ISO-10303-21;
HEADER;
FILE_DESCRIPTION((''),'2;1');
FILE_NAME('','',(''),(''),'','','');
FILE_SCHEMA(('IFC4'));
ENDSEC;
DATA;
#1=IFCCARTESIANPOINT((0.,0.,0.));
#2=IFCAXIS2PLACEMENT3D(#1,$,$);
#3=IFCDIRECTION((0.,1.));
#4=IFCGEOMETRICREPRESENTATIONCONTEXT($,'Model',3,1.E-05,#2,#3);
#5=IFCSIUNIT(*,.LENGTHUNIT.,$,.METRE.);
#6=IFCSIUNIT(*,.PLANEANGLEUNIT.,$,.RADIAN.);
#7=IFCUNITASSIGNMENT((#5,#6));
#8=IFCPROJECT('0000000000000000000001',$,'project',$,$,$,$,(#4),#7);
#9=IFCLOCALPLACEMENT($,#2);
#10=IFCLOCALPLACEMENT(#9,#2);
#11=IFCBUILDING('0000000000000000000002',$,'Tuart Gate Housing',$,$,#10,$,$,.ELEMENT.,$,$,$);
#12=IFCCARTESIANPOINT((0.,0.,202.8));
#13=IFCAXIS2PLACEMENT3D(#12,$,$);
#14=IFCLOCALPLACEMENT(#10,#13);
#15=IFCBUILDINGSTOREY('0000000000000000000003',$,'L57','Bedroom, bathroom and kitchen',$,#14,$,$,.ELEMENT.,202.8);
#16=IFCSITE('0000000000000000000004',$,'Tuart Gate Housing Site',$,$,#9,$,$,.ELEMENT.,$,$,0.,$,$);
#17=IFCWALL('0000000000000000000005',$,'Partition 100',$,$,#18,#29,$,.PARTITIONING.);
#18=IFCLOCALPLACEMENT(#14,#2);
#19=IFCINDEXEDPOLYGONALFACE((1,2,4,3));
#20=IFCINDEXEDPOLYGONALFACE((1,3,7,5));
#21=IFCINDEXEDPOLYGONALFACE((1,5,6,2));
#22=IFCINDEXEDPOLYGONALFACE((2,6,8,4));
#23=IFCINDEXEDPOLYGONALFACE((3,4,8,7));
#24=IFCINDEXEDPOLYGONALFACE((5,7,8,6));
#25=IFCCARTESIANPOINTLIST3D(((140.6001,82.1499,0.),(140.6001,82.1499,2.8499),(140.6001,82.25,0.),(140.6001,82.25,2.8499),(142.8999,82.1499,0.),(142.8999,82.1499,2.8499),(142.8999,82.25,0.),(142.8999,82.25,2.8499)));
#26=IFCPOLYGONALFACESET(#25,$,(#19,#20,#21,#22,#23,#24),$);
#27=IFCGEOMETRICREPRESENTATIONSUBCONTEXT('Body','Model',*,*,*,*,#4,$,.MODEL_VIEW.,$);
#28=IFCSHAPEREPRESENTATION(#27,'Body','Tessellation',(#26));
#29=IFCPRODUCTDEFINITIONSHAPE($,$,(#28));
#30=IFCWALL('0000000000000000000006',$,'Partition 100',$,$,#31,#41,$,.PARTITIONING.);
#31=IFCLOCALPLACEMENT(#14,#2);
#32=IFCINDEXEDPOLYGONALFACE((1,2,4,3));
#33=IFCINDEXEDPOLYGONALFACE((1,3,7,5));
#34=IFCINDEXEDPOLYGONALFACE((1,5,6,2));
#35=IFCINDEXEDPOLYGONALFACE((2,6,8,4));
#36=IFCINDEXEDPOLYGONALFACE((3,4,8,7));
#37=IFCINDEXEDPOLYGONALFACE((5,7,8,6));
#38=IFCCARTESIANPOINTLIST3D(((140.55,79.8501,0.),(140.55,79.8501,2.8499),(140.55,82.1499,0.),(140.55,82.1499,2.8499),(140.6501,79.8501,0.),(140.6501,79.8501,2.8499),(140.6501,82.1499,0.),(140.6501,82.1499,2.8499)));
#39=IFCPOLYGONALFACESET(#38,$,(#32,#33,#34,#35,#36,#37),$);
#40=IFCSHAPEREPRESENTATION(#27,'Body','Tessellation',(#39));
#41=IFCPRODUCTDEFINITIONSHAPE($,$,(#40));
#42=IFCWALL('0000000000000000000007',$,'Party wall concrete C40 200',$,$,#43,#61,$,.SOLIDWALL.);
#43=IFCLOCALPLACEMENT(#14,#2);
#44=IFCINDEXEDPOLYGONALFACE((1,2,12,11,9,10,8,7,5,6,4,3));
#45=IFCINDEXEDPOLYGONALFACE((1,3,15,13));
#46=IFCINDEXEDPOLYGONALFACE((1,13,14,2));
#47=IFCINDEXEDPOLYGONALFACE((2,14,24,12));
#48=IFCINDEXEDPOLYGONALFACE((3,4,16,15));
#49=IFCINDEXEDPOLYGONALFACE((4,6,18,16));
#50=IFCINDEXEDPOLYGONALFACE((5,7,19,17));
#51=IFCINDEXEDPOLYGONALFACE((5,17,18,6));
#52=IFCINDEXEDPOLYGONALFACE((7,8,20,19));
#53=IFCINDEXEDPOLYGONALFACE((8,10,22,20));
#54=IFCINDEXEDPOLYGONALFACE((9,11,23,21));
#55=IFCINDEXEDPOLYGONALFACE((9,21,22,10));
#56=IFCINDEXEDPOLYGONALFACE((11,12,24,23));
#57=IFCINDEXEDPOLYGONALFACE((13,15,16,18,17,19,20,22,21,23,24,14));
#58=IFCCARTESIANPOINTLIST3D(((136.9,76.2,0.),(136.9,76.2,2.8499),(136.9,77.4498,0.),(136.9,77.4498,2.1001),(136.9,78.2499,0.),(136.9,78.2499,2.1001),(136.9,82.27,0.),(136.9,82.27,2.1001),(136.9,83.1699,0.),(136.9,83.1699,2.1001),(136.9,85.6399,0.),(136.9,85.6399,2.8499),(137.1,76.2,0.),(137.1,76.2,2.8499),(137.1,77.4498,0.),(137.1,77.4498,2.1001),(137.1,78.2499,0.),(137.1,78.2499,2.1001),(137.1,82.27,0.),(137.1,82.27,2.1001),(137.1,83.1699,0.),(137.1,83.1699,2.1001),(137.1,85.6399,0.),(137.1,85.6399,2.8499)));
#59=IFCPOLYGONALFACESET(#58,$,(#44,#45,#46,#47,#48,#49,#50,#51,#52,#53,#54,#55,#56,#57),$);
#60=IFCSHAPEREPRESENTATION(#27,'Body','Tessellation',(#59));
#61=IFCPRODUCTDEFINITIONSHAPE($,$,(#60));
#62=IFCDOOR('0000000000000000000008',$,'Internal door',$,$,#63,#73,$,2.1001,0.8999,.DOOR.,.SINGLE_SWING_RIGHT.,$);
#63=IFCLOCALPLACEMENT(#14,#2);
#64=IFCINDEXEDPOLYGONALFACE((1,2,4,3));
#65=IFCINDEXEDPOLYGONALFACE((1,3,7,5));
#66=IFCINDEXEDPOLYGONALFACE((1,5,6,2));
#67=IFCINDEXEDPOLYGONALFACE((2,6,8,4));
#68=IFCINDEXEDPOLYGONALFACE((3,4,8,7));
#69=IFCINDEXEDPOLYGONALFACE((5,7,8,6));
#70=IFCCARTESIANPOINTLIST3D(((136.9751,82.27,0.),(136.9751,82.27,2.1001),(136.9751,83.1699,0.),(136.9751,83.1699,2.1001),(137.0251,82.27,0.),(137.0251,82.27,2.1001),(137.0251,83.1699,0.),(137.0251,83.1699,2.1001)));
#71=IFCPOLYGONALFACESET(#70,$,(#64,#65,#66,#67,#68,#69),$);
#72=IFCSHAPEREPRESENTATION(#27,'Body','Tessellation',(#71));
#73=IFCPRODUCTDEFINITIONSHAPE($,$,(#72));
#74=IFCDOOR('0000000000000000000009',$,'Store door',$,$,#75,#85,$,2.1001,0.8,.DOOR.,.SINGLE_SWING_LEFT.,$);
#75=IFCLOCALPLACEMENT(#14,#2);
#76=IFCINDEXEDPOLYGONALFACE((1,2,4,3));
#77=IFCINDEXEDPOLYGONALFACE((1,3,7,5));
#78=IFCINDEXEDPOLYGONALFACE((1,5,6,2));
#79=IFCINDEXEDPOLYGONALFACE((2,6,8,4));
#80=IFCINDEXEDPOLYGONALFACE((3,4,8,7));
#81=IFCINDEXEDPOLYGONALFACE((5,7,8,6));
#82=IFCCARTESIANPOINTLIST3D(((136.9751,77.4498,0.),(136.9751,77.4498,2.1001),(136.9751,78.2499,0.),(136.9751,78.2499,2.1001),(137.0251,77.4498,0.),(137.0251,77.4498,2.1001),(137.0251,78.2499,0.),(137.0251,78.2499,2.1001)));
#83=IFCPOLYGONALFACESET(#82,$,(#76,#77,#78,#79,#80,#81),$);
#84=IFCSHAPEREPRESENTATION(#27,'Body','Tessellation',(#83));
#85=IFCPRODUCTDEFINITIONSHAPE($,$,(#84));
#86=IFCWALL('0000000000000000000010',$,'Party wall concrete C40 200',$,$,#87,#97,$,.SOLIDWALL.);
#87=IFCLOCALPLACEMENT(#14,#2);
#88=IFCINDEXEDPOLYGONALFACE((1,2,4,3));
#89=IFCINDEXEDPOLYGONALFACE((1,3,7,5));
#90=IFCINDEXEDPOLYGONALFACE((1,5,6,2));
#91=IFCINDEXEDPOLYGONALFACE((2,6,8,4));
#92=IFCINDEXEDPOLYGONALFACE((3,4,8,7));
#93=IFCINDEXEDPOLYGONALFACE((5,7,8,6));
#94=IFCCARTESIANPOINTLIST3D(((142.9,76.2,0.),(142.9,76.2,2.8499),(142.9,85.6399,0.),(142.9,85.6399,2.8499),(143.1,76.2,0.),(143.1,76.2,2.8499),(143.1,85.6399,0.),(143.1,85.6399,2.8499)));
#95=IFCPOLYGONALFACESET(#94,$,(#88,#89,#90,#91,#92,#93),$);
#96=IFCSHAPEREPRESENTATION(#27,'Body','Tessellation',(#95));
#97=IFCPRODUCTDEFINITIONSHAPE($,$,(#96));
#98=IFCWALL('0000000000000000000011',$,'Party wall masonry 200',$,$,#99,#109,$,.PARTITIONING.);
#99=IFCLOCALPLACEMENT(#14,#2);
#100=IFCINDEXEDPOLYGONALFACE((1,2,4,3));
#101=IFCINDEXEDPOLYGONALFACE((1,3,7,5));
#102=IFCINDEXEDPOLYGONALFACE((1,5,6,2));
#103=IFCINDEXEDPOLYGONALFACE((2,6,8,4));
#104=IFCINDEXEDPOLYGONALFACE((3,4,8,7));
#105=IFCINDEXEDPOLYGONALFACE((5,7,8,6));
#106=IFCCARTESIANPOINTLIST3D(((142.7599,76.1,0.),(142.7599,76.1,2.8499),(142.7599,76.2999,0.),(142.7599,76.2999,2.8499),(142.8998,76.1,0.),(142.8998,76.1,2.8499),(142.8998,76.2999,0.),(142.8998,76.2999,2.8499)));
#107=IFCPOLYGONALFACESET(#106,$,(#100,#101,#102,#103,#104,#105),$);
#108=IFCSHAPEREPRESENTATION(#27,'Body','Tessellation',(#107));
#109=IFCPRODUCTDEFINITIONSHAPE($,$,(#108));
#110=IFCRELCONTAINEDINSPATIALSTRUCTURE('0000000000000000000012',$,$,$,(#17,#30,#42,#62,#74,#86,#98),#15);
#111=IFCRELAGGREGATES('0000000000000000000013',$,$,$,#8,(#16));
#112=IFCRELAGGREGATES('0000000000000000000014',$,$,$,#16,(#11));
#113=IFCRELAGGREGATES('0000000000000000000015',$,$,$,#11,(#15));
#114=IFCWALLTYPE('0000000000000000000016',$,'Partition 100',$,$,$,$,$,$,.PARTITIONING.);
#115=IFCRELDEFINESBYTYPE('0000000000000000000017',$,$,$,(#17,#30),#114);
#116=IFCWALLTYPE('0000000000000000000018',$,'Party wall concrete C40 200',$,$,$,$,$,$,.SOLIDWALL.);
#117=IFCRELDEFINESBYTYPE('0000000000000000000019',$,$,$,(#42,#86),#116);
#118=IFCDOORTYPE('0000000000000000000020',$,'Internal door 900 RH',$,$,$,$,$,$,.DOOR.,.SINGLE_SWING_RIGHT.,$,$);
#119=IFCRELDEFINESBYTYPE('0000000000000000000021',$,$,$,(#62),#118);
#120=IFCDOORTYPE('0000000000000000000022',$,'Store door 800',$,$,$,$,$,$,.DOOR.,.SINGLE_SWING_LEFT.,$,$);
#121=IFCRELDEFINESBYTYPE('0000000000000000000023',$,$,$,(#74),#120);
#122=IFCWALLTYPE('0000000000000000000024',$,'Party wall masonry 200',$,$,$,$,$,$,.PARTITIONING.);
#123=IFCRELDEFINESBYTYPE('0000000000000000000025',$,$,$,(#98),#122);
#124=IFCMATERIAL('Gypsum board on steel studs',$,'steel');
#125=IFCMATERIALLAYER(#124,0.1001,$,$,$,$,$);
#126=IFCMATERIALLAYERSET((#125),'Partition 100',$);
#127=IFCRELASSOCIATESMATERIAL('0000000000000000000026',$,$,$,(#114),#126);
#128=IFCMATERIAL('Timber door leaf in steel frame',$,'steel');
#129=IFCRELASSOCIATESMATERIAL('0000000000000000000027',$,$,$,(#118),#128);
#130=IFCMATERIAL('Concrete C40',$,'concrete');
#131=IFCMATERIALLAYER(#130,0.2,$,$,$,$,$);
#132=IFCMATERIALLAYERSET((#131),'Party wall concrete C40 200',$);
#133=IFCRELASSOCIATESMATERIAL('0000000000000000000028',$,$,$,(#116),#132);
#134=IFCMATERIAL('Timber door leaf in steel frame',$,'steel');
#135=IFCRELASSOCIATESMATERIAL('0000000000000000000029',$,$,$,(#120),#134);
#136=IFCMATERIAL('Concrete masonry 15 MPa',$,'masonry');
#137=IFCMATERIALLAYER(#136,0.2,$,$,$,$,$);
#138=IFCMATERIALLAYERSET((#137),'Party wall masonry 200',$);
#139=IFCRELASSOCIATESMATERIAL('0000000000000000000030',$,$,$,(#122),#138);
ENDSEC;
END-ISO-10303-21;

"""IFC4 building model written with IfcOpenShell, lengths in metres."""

from ifc_helpers import new_model, si_unit, direction, frame, frame_2d, origin, place, context, subcontext, project, spatial, rectangle, extrude, material, layer, layer_set, type_object, element, fill, save


model = new_model("IFC4")

# Units and contexts
model_context = context("Model", 3, precision=1e-05, world=origin(), true_north=direction((0.0, 1.0)))
body_context = subcontext(model_context, "Body", "Model", "MODEL_VIEW")
ifc_project = project(units=[si_unit("LENGTHUNIT", "METRE"), si_unit("PLANEANGLEUNIT", "RADIAN")], contexts=[model_context])

# Site, building, storey
site_placement = place(None, origin())
site = spatial("IfcSite", under=ifc_project, at=site_placement, Name="Tuart Gate Housing Site", CompositionType="ELEMENT", RefElevation=0.0)
building_placement = place(site_placement, origin())
building = spatial("IfcBuilding", under=site, at=building_placement, Name="Tuart Gate Housing", CompositionType="ELEMENT")
storey_placement = place(building_placement, frame((0.0, 0.0, 202.8)))
storey = spatial("IfcBuildingStorey", under=building, at=storey_placement, Name="L57", Description="Bedroom, bathroom and kitchen", CompositionType="ELEMENT", Elevation=202.8)

# Shared definitions
ifc_material_1 = material(Name="Gypsum board on steel studs", Category="steel")
ifc_layer_1 = layer(ifc_material_1, 0.1001)
ifc_layer_set_1 = layer_set([ifc_layer_1], Name="Partition 100")
wall_type_1 = type_object("IfcWallType", Name="Partition 100", PredefinedType="PARTITIONING", material=ifc_layer_set_1)

# Shared definitions
ifc_material_2 = material(Name="Timber door leaf in steel frame", Category="steel")
door_type_1 = type_object("IfcDoorType", Name="Internal door 900 RH", OperationType="SINGLE_SWING_RIGHT", PredefinedType="DOOR", material=ifc_material_2)

# Walls
for number, where, z_axis, x_axis, name in (
    (1, (140.6001, 82.2, 0.0), (0.0, 0.0, 1.0), (1.0, 0.0, 0.0), "Partition 100"),
    (2, (140.6001, 79.8501, 0.0), (0.0, 0.0, 1.0), (0.0, 1.0, 0.0), "Partition 100"),
):
    element("IfcWall", number, at=place(storey_placement, frame(where, z_axis=z_axis, x_axis=x_axis)), inside=storey, type_object=wall_type_1, Name=name, PredefinedType="PARTITIONING", context=body_context, shape_type="SweptSolid", body=[
        extrude(rectangle(XDim=2.2998, YDim=0.1001, at=frame_2d((1.1499, 0.0))), origin(), (0.0, 0.0, 1.0), 2.8499),
    ])

# Wall, openings, doors
ifc_material_3 = material(Name="Concrete C40", Category="concrete")
ifc_layer_2 = layer(ifc_material_3, 0.2)
ifc_layer_set_2 = layer_set([ifc_layer_2], Name="Party wall concrete C40 200")
wall_type_2 = type_object("IfcWallType", Name="Party wall concrete C40 200", PredefinedType="SOLIDWALL", material=ifc_layer_set_2)
wall_1_placement = place(storey_placement, frame((137.0, 76.2, 0.0), z_axis=(0.0, 0.0, 1.0), x_axis=(0.0, 1.0, 0.0)))
wall_1 = element("IfcWall", 3, at=wall_1_placement, inside=storey, type_object=wall_type_2, Name="Party wall concrete C40 200", PredefinedType="SOLIDWALL", context=body_context, shape_type="SweptSolid", body=[
    extrude(rectangle(XDim=9.4399, YDim=0.2, at=frame_2d((4.72, 0.0))), origin(), (0.0, 0.0, 1.0), 2.8499),
])
opening_1_placement = place(wall_1_placement, frame((6.0701, 0.0, 0.0)))
opening_1 = element("IfcOpeningElement", 4, at=opening_1_placement, cuts=wall_1, PredefinedType="OPENING", context=body_context, shape_type="SweptSolid", body=[
    extrude(rectangle(XDim=0.8999, YDim=2.1001, at=frame_2d((0.45, 1.05))), frame((0.0, 0.1099, 0.0), z_axis=(0.0, -1.0, 0.0), x_axis=(1.0, 0.0, 0.0)), (0.0, 0.0, 1.0), 0.22),
])
opening_2_placement = place(wall_1_placement, frame((1.25, 0.0, 0.0)))
opening_2 = element("IfcOpeningElement", 5, at=opening_2_placement, cuts=wall_1, PredefinedType="OPENING", context=body_context, shape_type="SweptSolid", body=[
    extrude(rectangle(XDim=0.8, YDim=2.1001, at=frame_2d((0.3999, 1.05))), frame((0.0, 0.1099, 0.0), z_axis=(0.0, -1.0, 0.0), x_axis=(1.0, 0.0, 0.0)), (0.0, 0.0, 1.0), 0.22),
])
door_1_placement = place(opening_1_placement, origin())
door_1 = element("IfcDoor", 6, at=door_1_placement, inside=storey, type_object=door_type_1, Name="Internal door", OperationType="SINGLE_SWING_RIGHT", OverallHeight=2.1001, OverallWidth=0.8999, PredefinedType="DOOR", context=body_context, shape_type="SweptSolid", body=[
    extrude(rectangle(XDim=0.8999, YDim=2.1001, at=frame_2d((0.45, 1.05))), frame((0.0, 0.0249, 0.0), z_axis=(0.0, -1.0, 0.0), x_axis=(1.0, 0.0, 0.0)), (0.0, 0.0, 1.0), 0.05),
])
fill(opening_1, door_1)
ifc_material_4 = material(Name="Timber door leaf in steel frame", Category="steel")
door_type_2 = type_object("IfcDoorType", Name="Store door 800", OperationType="SINGLE_SWING_LEFT", PredefinedType="DOOR", material=ifc_material_4)
door_2_placement = place(opening_2_placement, origin())
door_2 = element("IfcDoor", 7, at=door_2_placement, inside=storey, type_object=door_type_2, Name="Store door", OperationType="SINGLE_SWING_LEFT", OverallHeight=2.1001, OverallWidth=0.8, PredefinedType="DOOR", context=body_context, shape_type="SweptSolid", body=[
    extrude(rectangle(XDim=0.8, YDim=2.1001, at=frame_2d((0.3999, 1.05))), frame((0.0, 0.0249, 0.0), z_axis=(0.0, -1.0, 0.0), x_axis=(1.0, 0.0, 0.0)), (0.0, 0.0, 1.0), 0.05),
])
fill(opening_2, door_2)

# Walls
wall_2_placement = place(storey_placement, frame((143.0, 76.2, 0.0), z_axis=(0.0, 0.0, 1.0), x_axis=(0.0, 1.0, 0.0)))
element("IfcWall", 8, at=wall_2_placement, inside=storey, type_object=wall_type_2, Name="Party wall concrete C40 200", PredefinedType="SOLIDWALL", context=body_context, shape_type="SweptSolid", body=[
    extrude(rectangle(XDim=9.4399, YDim=0.2, at=frame_2d((4.72, 0.0))), origin(), (0.0, 0.0, 1.0), 2.8499),
])
ifc_material_5 = material(Name="Concrete masonry 15 MPa", Category="masonry")
ifc_layer_3 = layer(ifc_material_5, 0.2)
ifc_layer_set_3 = layer_set([ifc_layer_3], Name="Party wall masonry 200")
wall_type_3 = type_object("IfcWallType", Name="Party wall masonry 200", PredefinedType="PARTITIONING", material=ifc_layer_set_3)
wall_3_placement = place(storey_placement, frame((142.76, 76.2, 0.0), z_axis=(0.0, 0.0, 1.0), x_axis=(1.0, 0.0, 0.0)))
element("IfcWall", 9, at=wall_3_placement, inside=storey, type_object=wall_type_3, Name="Party wall masonry 200", PredefinedType="PARTITIONING", context=body_context, shape_type="SweptSolid", body=[
    extrude(rectangle(XDim=0.1399, YDim=0.2, at=frame_2d((0.0698, 0.0))), origin(), (0.0, 0.0, 1.0), 2.8499),
])

save(model, "model.ifc")
